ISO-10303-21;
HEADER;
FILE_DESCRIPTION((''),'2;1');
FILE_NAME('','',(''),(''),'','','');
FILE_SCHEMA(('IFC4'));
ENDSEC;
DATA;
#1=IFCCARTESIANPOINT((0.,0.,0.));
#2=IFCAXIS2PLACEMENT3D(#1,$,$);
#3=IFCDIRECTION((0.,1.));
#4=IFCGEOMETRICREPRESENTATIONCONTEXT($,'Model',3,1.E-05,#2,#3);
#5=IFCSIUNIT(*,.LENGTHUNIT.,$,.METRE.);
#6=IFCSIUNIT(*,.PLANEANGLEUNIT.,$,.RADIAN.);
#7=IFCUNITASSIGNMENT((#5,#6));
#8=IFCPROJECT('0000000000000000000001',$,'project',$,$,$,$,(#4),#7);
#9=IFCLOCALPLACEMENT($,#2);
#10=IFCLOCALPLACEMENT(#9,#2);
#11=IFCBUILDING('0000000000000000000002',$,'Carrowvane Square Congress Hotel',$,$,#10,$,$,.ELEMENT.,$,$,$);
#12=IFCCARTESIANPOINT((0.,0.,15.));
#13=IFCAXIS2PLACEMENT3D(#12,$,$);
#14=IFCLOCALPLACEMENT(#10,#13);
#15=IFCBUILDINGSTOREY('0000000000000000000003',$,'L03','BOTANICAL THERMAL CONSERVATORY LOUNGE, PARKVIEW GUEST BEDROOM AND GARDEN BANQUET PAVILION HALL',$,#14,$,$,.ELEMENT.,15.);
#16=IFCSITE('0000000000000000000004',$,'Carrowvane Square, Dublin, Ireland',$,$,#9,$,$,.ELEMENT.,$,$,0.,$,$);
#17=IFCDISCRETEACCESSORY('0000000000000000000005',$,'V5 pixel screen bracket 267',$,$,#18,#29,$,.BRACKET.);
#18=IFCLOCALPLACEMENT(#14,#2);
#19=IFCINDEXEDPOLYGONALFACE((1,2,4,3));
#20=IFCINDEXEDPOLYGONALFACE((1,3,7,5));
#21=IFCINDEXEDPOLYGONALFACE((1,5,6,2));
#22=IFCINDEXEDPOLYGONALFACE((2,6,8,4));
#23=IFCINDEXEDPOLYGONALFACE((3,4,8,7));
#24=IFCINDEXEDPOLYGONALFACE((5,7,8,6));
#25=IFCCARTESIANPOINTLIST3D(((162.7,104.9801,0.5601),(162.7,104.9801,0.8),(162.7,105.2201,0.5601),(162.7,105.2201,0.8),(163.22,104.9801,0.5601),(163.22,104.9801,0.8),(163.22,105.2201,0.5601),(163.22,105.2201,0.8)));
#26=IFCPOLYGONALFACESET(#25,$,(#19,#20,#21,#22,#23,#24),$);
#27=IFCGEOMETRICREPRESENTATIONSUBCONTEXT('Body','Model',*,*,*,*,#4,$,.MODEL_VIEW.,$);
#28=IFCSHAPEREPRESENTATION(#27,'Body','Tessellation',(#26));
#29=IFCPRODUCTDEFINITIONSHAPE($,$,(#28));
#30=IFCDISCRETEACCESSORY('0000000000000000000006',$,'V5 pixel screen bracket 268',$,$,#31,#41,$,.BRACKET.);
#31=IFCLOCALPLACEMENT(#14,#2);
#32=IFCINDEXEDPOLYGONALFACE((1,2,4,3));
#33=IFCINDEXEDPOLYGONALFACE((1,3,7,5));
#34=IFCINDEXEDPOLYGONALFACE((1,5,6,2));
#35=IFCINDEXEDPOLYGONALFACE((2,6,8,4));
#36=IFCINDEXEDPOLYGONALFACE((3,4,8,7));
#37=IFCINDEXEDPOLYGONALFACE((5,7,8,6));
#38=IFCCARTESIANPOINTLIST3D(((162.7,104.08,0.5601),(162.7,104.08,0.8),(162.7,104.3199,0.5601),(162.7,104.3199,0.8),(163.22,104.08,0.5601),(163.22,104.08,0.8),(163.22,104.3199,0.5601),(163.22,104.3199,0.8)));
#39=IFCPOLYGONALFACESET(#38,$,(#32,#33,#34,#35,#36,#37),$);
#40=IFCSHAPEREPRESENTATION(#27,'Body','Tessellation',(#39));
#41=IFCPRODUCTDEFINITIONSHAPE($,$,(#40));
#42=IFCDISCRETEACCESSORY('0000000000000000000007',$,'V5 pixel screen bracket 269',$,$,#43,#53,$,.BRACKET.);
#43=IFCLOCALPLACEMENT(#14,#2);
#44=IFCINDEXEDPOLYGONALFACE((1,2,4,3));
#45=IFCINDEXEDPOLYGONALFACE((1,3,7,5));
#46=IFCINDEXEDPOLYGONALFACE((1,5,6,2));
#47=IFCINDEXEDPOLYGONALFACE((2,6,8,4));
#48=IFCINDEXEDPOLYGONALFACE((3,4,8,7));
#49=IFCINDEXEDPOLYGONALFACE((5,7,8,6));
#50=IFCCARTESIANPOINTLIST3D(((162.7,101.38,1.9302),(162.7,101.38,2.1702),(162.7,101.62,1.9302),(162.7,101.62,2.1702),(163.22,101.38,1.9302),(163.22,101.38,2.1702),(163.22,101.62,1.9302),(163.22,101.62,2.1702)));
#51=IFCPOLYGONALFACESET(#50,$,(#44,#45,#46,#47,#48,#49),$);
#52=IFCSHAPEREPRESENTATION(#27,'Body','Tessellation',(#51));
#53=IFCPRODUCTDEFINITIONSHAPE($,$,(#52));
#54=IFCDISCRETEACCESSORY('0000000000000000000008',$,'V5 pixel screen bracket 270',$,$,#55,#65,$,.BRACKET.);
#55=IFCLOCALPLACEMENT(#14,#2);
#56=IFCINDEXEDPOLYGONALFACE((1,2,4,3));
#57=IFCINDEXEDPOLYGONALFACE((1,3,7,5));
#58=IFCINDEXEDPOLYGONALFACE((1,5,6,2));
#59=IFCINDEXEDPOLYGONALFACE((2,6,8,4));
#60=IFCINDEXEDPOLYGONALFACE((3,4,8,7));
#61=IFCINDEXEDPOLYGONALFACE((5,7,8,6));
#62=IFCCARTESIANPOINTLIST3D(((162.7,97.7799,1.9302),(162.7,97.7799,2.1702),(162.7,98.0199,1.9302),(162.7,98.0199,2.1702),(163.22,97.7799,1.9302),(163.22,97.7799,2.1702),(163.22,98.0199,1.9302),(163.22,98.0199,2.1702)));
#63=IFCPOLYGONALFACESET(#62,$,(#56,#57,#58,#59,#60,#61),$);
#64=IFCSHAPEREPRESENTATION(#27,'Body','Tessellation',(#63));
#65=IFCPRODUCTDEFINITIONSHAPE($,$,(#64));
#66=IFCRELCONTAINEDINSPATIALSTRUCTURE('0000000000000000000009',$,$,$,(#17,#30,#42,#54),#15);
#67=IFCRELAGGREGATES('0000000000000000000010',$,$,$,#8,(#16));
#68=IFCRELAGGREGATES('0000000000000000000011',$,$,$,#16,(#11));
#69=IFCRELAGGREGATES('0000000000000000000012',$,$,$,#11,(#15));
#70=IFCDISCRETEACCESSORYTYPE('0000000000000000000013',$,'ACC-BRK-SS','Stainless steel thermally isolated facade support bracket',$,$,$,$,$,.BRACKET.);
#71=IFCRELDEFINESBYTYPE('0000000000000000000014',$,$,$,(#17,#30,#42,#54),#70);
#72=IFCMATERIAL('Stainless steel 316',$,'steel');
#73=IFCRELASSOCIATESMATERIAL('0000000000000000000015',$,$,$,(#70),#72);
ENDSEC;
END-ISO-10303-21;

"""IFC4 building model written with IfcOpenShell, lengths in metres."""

from ifc_helpers import new_model, si_unit, direction, frame, origin, origin_2d, place, context, subcontext, project, spatial, rectangle, extrude, material, type_object, element, save


model = new_model("IFC4")

# Units and contexts
model_context = context("Model", 3, precision=1e-05, world=origin(), true_north=direction((0.0, 1.0)))
body_context = subcontext(model_context, "Body", "Model", "MODEL_VIEW")
ifc_project = project(units=[si_unit("LENGTHUNIT", "METRE"), si_unit("PLANEANGLEUNIT", "RADIAN")], contexts=[model_context])

# Site, building, storey
site_placement = place(None, origin())
site = spatial("IfcSite", under=ifc_project, at=site_placement, Name="Carrowvane Square, Dublin, Ireland", CompositionType="ELEMENT", RefElevation=0.0)
building_placement = place(site_placement, origin())
building = spatial("IfcBuilding", under=site, at=building_placement, Name="Carrowvane Square Congress Hotel", CompositionType="ELEMENT")
storey_placement = place(building_placement, frame((0.0, 0.0, 15.0)))
storey = spatial("IfcBuildingStorey", under=building, at=storey_placement, Name="L03", Description="BOTANICAL THERMAL CONSERVATORY LOUNGE, PARKVIEW GUEST BEDROOM AND GARDEN BANQUET PAVILION HALL", CompositionType="ELEMENT", Elevation=15.0)

# Discrete accessories
ifc_material_1 = material(Name="Stainless steel 316", Category="steel")
discrete_accessory_type = type_object("IfcDiscreteAccessoryType", Name="ACC-BRK-SS", Description="Stainless steel thermally isolated facade support bracket", PredefinedType="BRACKET", material=ifc_material_1)
for number, where, z_axis, x_axis, name in (
    (1, (162.96, 105.1001, 0.5601), (0.0, 0.0, 1.0), (0.0, -1.0, 0.0), "V5 pixel screen bracket 267"),
    (2, (162.96, 104.2, 0.5601), (0.0, 0.0, 1.0), (0.0, -1.0, 0.0), "V5 pixel screen bracket 268"),
    (3, (162.96, 101.5, 1.9302), (0.0, 0.0, 1.0), (0.0, -1.0, 0.0), "V5 pixel screen bracket 269"),
    (4, (162.96, 97.8999, 1.9302), (0.0, 0.0, 1.0), (0.0, -1.0, 0.0), "V5 pixel screen bracket 270"),
):
    element("IfcDiscreteAccessory", number, at=place(storey_placement, frame(where, z_axis=z_axis, x_axis=x_axis)), inside=storey, type_object=discrete_accessory_type, Name=name, PredefinedType="BRACKET", context=body_context, shape_type="SweptSolid", body=[
        extrude(rectangle(XDim=0.24, YDim=0.52, at=origin_2d()), origin(), (0.0, 0.0, 1.0), 0.24),
    ])

save(model, "model.ifc")
